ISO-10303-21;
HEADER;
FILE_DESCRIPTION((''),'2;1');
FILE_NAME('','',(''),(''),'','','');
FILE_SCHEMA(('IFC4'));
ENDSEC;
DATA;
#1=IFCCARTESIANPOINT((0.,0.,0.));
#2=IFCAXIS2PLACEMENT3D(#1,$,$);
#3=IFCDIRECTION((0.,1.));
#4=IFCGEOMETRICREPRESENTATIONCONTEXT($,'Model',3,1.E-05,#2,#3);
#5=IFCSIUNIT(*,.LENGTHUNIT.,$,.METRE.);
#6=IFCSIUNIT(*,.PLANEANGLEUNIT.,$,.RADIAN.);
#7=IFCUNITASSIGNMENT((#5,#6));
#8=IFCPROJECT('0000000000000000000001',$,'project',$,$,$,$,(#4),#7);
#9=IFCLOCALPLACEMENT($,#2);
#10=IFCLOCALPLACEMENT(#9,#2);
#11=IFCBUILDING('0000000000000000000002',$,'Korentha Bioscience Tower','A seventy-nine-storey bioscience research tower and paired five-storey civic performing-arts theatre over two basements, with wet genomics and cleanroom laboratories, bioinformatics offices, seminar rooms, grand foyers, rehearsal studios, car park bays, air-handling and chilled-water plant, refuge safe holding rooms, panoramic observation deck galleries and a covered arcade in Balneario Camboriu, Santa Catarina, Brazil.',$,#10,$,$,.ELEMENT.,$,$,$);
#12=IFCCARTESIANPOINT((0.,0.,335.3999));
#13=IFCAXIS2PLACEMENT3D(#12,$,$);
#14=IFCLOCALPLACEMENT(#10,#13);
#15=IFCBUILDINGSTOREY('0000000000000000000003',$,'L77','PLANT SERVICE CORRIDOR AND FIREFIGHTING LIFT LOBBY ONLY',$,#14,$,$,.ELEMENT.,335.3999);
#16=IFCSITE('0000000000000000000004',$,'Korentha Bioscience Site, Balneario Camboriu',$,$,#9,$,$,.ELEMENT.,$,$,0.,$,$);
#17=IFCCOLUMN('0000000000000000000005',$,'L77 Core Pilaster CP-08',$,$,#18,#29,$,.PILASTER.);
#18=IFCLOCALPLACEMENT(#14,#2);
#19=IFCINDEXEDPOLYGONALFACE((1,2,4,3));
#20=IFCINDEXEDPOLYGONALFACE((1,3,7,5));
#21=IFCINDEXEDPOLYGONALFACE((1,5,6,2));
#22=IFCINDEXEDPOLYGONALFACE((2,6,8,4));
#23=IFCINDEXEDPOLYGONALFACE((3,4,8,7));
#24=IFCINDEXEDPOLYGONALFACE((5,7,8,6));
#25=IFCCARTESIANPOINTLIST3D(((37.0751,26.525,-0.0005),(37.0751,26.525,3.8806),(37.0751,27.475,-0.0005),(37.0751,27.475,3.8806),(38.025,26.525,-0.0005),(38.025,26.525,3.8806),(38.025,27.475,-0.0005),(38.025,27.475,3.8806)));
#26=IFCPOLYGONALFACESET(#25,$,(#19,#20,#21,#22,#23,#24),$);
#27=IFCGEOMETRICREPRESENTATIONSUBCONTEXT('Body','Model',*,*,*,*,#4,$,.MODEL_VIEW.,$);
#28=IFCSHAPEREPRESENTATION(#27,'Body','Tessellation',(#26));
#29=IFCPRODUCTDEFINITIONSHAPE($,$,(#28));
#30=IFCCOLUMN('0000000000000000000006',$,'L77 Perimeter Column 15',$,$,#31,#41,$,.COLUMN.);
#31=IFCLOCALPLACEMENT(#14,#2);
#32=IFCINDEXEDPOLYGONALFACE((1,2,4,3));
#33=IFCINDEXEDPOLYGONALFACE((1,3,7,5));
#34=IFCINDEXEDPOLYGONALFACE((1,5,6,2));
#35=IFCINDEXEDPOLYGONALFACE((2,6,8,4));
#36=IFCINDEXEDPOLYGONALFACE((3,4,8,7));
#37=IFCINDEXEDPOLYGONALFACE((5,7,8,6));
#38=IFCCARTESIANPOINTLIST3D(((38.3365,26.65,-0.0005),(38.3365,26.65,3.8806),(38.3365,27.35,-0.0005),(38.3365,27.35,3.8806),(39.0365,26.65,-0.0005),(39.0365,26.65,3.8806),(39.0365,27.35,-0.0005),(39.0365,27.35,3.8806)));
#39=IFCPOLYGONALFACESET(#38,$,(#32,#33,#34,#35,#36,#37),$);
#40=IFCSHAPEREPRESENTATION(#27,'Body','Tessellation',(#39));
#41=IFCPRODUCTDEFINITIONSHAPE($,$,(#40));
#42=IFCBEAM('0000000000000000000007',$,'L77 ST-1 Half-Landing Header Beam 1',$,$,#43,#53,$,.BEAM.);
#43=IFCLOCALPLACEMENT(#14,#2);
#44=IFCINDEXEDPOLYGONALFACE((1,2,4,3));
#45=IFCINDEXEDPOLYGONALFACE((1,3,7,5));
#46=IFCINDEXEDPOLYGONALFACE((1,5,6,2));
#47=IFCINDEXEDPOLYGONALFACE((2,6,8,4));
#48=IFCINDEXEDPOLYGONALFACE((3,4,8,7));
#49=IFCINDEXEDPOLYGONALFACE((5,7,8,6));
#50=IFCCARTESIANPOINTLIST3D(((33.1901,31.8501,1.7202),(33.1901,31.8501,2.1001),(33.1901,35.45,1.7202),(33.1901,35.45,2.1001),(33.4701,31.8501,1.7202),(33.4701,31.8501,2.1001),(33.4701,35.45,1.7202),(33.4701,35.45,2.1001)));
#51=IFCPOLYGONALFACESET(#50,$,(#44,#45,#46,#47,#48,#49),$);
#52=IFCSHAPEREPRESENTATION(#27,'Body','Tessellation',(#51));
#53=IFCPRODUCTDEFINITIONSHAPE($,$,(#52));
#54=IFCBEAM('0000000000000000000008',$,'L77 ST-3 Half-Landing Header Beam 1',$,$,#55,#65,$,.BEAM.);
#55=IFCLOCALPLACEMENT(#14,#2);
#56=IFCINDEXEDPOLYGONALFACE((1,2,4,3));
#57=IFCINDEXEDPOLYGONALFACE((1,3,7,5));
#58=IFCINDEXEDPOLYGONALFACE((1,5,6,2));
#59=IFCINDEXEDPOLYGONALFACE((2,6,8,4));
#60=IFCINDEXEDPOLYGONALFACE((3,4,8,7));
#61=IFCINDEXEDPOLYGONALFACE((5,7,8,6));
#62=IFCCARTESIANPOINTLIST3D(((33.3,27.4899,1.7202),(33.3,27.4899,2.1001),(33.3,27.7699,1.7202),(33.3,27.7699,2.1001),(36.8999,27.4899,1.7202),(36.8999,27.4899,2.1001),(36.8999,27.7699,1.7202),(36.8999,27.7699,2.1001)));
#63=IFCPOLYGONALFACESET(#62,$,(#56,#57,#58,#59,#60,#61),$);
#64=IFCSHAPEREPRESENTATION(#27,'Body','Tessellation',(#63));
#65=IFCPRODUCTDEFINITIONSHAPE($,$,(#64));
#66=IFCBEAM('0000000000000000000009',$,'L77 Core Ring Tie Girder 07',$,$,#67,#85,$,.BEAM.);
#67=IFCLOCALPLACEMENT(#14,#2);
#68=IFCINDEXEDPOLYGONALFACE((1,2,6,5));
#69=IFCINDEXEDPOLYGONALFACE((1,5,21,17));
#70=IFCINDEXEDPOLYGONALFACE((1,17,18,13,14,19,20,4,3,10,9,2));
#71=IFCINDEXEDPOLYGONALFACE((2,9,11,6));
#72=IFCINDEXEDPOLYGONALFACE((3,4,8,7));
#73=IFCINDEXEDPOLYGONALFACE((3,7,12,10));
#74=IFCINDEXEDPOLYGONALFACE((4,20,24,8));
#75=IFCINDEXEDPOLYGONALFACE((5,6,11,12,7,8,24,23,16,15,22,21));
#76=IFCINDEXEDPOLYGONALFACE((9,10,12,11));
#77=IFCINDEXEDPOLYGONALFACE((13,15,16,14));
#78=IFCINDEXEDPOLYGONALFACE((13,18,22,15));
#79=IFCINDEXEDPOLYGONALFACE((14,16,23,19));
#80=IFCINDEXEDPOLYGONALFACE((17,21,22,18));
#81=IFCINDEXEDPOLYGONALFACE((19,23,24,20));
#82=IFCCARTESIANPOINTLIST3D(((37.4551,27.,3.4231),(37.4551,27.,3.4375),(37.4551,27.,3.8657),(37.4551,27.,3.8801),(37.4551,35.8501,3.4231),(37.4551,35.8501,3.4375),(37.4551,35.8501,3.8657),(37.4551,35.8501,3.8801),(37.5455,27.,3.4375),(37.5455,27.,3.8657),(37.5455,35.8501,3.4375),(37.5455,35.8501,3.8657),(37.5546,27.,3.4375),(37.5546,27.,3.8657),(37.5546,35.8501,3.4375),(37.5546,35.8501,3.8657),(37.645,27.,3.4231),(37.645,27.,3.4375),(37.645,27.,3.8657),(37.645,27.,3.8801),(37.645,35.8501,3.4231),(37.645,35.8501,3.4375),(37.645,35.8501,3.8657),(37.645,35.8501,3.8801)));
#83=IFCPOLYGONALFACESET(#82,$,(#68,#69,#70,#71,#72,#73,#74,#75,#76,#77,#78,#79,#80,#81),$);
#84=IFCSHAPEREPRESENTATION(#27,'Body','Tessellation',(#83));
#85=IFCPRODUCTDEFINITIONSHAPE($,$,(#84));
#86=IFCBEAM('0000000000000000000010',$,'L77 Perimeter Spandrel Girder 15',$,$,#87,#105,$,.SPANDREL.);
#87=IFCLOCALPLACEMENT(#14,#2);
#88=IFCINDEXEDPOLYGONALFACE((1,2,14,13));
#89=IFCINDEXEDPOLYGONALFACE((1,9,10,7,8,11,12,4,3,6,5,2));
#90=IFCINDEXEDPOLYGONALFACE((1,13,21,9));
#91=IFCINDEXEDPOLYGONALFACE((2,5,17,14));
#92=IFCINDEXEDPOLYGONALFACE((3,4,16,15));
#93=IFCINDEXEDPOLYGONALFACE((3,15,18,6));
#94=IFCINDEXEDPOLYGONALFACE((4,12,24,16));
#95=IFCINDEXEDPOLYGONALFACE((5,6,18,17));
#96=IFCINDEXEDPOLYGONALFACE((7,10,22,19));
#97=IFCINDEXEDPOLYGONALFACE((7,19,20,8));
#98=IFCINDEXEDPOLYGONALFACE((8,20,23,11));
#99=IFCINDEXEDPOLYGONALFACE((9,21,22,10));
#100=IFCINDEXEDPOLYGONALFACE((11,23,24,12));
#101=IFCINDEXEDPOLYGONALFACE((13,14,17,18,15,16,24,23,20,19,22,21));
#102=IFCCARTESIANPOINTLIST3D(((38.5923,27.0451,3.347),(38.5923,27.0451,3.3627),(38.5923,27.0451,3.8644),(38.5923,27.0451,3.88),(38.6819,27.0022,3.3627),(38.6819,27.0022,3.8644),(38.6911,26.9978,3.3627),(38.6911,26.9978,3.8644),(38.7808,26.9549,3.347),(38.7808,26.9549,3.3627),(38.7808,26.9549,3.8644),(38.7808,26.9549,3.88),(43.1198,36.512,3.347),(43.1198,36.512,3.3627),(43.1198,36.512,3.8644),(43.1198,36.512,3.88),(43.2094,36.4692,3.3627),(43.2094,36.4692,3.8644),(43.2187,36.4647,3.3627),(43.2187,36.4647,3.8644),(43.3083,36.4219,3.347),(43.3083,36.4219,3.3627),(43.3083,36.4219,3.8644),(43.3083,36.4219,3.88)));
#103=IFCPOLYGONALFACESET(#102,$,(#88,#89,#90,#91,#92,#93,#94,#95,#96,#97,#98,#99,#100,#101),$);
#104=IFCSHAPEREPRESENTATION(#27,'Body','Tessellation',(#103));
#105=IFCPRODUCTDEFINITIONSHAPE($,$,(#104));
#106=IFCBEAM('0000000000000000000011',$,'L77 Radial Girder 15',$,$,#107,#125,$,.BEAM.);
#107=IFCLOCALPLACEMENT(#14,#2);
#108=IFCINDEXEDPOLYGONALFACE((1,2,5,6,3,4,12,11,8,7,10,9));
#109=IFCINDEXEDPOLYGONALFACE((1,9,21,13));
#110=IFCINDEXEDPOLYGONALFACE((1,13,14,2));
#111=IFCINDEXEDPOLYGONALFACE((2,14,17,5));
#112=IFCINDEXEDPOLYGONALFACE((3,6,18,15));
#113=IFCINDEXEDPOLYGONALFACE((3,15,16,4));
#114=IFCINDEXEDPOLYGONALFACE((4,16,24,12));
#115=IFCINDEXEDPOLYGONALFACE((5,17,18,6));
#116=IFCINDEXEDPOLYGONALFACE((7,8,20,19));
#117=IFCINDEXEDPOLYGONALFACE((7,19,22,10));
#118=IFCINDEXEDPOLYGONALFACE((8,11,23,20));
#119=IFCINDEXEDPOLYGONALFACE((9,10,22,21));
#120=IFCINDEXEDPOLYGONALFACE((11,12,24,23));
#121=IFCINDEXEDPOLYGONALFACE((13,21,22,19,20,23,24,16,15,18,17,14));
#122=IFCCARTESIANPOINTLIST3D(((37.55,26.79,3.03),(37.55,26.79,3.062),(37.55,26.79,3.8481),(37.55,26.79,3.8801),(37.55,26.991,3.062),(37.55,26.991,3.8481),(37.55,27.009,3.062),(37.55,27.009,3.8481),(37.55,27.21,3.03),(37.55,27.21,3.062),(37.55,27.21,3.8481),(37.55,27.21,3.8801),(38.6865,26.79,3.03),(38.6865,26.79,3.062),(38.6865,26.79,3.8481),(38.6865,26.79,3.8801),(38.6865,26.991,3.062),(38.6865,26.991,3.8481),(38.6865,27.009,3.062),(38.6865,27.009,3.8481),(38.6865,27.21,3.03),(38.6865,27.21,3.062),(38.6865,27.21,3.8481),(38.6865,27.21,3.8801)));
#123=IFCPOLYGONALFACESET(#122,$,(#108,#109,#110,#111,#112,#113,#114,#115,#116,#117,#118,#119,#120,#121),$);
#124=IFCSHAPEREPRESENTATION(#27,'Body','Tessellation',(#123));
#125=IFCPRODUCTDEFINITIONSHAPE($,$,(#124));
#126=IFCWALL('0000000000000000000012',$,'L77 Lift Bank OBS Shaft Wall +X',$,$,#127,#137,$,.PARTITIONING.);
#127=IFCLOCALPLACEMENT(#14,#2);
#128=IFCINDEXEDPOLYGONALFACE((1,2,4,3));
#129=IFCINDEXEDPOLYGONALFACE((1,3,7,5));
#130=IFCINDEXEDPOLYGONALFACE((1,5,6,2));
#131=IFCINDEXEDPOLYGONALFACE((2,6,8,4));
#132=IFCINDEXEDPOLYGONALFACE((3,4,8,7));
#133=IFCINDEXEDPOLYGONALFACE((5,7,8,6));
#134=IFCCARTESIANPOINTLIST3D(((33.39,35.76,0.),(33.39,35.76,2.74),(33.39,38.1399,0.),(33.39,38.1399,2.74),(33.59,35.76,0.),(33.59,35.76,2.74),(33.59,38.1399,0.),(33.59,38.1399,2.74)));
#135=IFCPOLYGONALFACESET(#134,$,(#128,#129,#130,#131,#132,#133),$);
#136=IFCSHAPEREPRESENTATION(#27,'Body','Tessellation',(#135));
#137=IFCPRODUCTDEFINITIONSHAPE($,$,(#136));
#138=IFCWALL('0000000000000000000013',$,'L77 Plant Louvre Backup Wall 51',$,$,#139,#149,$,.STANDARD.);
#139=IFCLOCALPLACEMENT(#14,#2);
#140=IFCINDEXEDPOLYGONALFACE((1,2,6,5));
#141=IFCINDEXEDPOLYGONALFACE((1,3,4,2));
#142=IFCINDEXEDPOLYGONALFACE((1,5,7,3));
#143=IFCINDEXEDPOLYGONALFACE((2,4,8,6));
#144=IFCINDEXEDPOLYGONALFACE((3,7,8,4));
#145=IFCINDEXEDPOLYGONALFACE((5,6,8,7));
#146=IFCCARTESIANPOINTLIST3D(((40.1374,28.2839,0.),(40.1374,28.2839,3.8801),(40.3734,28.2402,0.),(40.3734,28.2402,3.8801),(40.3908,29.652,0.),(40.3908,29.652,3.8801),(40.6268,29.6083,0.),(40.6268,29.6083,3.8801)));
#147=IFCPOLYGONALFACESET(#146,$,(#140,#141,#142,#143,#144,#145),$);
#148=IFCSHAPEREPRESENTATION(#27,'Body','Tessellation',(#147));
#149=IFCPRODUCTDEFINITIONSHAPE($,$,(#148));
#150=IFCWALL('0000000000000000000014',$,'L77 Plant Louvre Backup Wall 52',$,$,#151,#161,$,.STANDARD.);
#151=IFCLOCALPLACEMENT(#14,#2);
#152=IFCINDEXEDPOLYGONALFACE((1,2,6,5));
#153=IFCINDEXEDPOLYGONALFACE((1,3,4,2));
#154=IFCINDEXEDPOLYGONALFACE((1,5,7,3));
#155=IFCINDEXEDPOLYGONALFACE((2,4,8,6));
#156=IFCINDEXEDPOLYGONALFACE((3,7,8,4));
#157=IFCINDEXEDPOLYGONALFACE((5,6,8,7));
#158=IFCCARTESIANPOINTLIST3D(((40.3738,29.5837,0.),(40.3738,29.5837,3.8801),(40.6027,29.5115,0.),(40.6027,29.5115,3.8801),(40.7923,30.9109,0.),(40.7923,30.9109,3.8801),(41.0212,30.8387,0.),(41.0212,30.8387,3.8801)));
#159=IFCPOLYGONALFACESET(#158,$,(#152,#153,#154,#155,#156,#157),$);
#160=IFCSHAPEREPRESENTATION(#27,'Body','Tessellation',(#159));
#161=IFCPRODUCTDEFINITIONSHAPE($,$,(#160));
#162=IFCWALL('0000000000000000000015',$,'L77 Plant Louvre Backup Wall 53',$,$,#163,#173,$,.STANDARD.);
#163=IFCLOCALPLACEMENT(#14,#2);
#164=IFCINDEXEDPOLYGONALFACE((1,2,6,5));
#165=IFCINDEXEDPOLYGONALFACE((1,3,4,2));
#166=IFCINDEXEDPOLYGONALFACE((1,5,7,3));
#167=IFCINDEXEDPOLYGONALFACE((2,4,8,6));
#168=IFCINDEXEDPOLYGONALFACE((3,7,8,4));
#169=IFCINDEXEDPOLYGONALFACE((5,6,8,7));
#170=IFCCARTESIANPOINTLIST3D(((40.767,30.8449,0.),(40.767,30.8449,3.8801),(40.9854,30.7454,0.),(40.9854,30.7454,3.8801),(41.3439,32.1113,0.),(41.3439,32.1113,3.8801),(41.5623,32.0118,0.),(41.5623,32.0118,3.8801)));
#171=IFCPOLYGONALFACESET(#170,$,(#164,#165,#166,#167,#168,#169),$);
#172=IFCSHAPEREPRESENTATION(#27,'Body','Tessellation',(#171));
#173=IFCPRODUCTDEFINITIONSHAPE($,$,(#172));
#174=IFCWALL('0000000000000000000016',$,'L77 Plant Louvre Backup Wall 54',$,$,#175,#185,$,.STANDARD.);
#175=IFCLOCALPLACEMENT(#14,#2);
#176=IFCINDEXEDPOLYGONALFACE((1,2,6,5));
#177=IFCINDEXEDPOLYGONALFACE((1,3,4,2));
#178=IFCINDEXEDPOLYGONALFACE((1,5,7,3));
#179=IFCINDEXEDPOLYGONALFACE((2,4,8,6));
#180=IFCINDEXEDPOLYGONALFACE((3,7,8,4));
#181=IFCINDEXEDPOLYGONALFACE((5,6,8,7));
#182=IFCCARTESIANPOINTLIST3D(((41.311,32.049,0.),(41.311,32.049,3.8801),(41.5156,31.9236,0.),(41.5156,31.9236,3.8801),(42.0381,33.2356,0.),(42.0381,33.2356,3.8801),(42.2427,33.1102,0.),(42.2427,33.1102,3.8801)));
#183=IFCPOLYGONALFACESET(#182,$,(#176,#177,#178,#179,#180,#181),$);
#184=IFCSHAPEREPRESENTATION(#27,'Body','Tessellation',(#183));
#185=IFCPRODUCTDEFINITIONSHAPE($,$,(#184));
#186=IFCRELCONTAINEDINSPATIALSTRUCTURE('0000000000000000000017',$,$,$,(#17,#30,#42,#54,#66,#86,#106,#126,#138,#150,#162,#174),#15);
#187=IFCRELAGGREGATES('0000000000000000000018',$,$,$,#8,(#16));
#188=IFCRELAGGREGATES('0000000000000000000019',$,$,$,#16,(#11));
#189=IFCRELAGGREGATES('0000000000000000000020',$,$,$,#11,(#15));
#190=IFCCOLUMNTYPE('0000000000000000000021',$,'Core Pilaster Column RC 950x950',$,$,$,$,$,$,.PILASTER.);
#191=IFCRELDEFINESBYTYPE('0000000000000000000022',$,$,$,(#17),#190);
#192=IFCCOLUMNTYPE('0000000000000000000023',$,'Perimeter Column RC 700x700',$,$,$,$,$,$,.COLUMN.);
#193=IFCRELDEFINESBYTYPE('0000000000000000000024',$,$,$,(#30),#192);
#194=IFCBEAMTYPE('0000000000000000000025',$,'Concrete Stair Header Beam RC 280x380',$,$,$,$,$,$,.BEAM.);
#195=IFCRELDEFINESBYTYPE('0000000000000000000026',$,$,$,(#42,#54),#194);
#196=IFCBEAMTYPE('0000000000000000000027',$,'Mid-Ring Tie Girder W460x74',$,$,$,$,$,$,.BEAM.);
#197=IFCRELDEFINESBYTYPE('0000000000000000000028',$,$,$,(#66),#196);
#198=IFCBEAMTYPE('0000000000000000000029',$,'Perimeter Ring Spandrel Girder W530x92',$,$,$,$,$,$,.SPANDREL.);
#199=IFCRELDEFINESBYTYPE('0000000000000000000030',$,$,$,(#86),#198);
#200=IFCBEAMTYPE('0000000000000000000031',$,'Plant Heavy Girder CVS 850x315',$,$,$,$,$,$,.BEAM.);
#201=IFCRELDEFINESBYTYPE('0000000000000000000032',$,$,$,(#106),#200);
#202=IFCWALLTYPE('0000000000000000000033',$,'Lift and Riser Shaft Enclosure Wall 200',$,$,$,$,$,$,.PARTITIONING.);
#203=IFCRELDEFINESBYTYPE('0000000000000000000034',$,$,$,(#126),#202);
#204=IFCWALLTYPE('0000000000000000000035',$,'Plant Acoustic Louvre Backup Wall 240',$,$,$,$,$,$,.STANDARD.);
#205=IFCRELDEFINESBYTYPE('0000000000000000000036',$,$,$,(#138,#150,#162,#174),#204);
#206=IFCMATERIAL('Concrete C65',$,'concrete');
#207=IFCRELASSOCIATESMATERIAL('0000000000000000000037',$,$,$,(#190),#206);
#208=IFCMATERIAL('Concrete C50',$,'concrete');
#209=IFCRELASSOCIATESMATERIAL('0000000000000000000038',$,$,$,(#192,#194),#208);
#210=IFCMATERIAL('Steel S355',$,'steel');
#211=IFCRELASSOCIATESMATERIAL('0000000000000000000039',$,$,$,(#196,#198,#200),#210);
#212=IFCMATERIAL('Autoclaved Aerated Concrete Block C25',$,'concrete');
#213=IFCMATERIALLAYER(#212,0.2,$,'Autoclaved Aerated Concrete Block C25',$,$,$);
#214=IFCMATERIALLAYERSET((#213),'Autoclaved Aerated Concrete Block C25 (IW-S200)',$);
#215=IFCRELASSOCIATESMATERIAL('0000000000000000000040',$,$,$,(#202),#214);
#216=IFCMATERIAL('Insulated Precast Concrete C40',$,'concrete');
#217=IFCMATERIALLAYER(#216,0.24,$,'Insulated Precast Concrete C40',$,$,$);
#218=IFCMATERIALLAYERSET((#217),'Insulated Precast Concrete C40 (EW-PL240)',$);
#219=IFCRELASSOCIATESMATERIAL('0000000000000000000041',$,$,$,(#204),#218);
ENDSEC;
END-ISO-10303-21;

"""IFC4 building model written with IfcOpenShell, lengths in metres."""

from ifc_helpers import new_model, si_unit, direction, frame, frame_2d, origin, origin_2d, place, context, subcontext, project, spatial, rectangle, i_section, extrude, material, layer, layer_set, material_profile, profile_set, type_object, element, save


model = new_model("IFC4")

# Units and contexts
model_context = context("Model", 3, precision=1e-05, world=origin(), true_north=direction((0.0, 1.0)))
body_context = subcontext(model_context, "Body", "Model", "MODEL_VIEW")
ifc_project = project(units=[si_unit("LENGTHUNIT", "METRE"), si_unit("PLANEANGLEUNIT", "RADIAN")], contexts=[model_context])

# Site, building, storey
site_placement = place(None, origin())
site = spatial("IfcSite", under=ifc_project, at=site_placement, Name="Korentha Bioscience Site, Balneario Camboriu", CompositionType="ELEMENT", RefElevation=0.0)
building_placement = place(site_placement, origin())
building = spatial("IfcBuilding", under=site, at=building_placement, Name="Korentha Bioscience Tower", Description="A seventy-nine-storey bioscience research tower and paired five-storey civic performing-arts theatre over two basements, with wet genomics and cleanroom laboratories, bioinformatics offices, seminar rooms, grand foyers, rehearsal studios, car park bays, air-handling and chilled-water plant, refuge safe holding rooms, panoramic observation deck galleries and a covered arcade in Balneario Camboriu, Santa Catarina, Brazil.", CompositionType="ELEMENT")
storey_placement = place(building_placement, frame((0.0, 0.0, 335.3999)))
storey = spatial("IfcBuildingStorey", under=building, at=storey_placement, Name="L77", Description="PLANT SERVICE CORRIDOR AND FIREFIGHTING LIFT LOBBY ONLY", CompositionType="ELEMENT", Elevation=335.3999)

# Columns
ifc_material_1 = material(Name="Concrete C65", Category="concrete")
ifc_material_profile_1 = material_profile(ifc_material_1, rectangle(XDim=0.95, YDim=0.95, at=origin_2d()), Name="Concrete C65")
ifc_profile_set_1 = profile_set([ifc_material_profile_1], Name="Concrete C65 (COL-CP09)")
column_type_1 = type_object("IfcColumnType", Name="Core Pilaster Column RC 950x950", PredefinedType="PILASTER", material=ifc_profile_set_1)
column_1_placement = place(storey_placement, frame((37.55, 27.0, -0.0005), z_axis=(0.0, 0.0, 1.0), x_axis=(1.0, 0.0, 0.0)))
element("IfcColumn", 1, at=column_1_placement, inside=storey, type_object=column_type_1, Name="L77 Core Pilaster CP-08", PredefinedType="PILASTER", context=body_context, shape_type="SweptSolid", body=[
    extrude(rectangle(XDim=0.95, YDim=0.95, at=origin_2d()), origin(), (0.0, 0.0, 1.0), 3.8811),
])
ifc_material_2 = material(Name="Concrete C50", Category="concrete")
ifc_material_profile_2 = material_profile(ifc_material_2, rectangle(XDim=0.7, YDim=0.7, at=origin_2d()), Name="Concrete C50")
ifc_profile_set_2 = profile_set([ifc_material_profile_2], Name="Concrete C50 (COL-P07)")
column_type_2 = type_object("IfcColumnType", Name="Perimeter Column RC 700x700", PredefinedType="COLUMN", material=ifc_profile_set_2)
column_2_placement = place(storey_placement, frame((38.6865, 27.0, -0.0005), z_axis=(0.0, 0.0, 1.0), x_axis=(0.0, 1.0, 0.0)))
element("IfcColumn", 2, at=column_2_placement, inside=storey, type_object=column_type_2, Name="L77 Perimeter Column 15", PredefinedType="COLUMN", context=body_context, shape_type="SweptSolid", body=[
    extrude(rectangle(XDim=0.7, YDim=0.7, at=origin_2d()), origin(), (0.0, 0.0, 1.0), 3.8811),
])

# Beams
ifc_material_profile_3 = material_profile(ifc_material_2, rectangle(XDim=0.28, YDim=0.3799, at=origin_2d()), Name="Concrete C50")
ifc_profile_set_3 = profile_set([ifc_material_profile_3], Name="Concrete C50 (ST-HB380)")
beam_type_1 = type_object("IfcBeamType", Name="Concrete Stair Header Beam RC 280x380", PredefinedType="BEAM", material=ifc_profile_set_3)
for number, where, z_axis, x_axis, name in (
    (3, (33.3301, 31.8501, 1.9102), (0.0, 1.0, 0.0), (-1.0, 0.0, 0.0), "L77 ST-1 Half-Landing Header Beam 1"),
    (4, (36.8999, 27.6299, 1.9102), (-1.0, 0.0, 0.0), (0.0, -1.0, 0.0), "L77 ST-3 Half-Landing Header Beam 1"),
):
    element("IfcBeam", number, at=place(storey_placement, frame(where, z_axis=z_axis, x_axis=x_axis)), inside=storey, type_object=beam_type_1, Name=name, PredefinedType="BEAM", context=body_context, shape_type="SweptSolid", body=[
        extrude(rectangle(XDim=0.28, YDim=0.3799, at=origin_2d()), origin(), (0.0, 0.0, 1.0), 3.5999),
    ])
ifc_material_3 = material(Name="Steel S355", Category="steel")
ifc_material_profile_4 = material_profile(ifc_material_3, i_section(OverallWidth=0.1899, OverallDepth=0.457, WebThickness=0.009, FlangeThickness=0.0144, at=origin_2d()), Name="Steel S355")
ifc_profile_set_4 = profile_set([ifc_material_profile_4], Name="Steel S355 (MB-460)")
beam_type_2 = type_object("IfcBeamType", Name="Mid-Ring Tie Girder W460x74", PredefinedType="BEAM", material=ifc_profile_set_4)
beam_1_placement = place(storey_placement, frame((37.55, 27.0, 3.6516), z_axis=(0.0, 1.0, 0.0), x_axis=(-1.0, 0.0, 0.0)))
element("IfcBeam", 5, at=beam_1_placement, inside=storey, type_object=beam_type_2, Name="L77 Core Ring Tie Girder 07", PredefinedType="BEAM", context=body_context, shape_type="SweptSolid", body=[
    extrude(i_section(OverallWidth=0.1899, OverallDepth=0.457, WebThickness=0.009, FlangeThickness=0.0144, at=origin_2d()), origin(), (0.0, 0.0, 1.0), 8.8501),
])
ifc_material_profile_5 = material_profile(ifc_material_3, i_section(OverallWidth=0.209, OverallDepth=0.533, WebThickness=0.0103, FlangeThickness=0.0156, at=origin_2d()), Name="Steel S355")
ifc_profile_set_5 = profile_set([ifc_material_profile_5], Name="Steel S355 (SB-530)")
beam_type_3 = type_object("IfcBeamType", Name="Perimeter Ring Spandrel Girder W530x92", PredefinedType="SPANDREL", material=ifc_profile_set_5)
beam_2_placement = place(storey_placement, frame((38.6865, 27.0, 3.6135), z_axis=(0.431446, 0.902139, 0.0), x_axis=(-0.902139, 0.431446, 0.0)))
element("IfcBeam", 6, at=beam_2_placement, inside=storey, type_object=beam_type_3, Name="L77 Perimeter Spandrel Girder 15", PredefinedType="SPANDREL", context=body_context, shape_type="SweptSolid", body=[
    extrude(i_section(OverallWidth=0.209, OverallDepth=0.533, WebThickness=0.0103, FlangeThickness=0.0156, at=origin_2d()), origin(), (0.0, 0.0, 1.0), 10.4939),
])
ifc_material_profile_6 = material_profile(ifc_material_3, i_section(OverallWidth=0.4199, OverallDepth=0.8501, WebThickness=0.0181, FlangeThickness=0.032, at=origin_2d()), Name="Steel S355")
ifc_profile_set_6 = profile_set([ifc_material_profile_6], Name="Steel S355 (MB-850)")
beam_type_4 = type_object("IfcBeamType", Name="Plant Heavy Girder CVS 850x315", PredefinedType="BEAM", material=ifc_profile_set_6)
beam_3_placement = place(storey_placement, frame((37.55, 27.0, 3.4551), z_axis=(1.0, 0.0, 0.0), x_axis=(0.0, 1.0, 0.0)))
element("IfcBeam", 7, at=beam_3_placement, inside=storey, type_object=beam_type_4, Name="L77 Radial Girder 15", PredefinedType="BEAM", context=body_context, shape_type="SweptSolid", body=[
    extrude(i_section(OverallWidth=0.4199, OverallDepth=0.8501, WebThickness=0.0181, FlangeThickness=0.032, at=origin_2d()), origin(), (0.0, 0.0, 1.0), 1.1365),
])

# Walls
ifc_material_4 = material(Name="Autoclaved Aerated Concrete Block C25", Category="concrete")
ifc_layer_1 = layer(ifc_material_4, 0.2, Name="Autoclaved Aerated Concrete Block C25")
ifc_layer_set_1 = layer_set([ifc_layer_1], Name="Autoclaved Aerated Concrete Block C25 (IW-S200)")
wall_type_1 = type_object("IfcWallType", Name="Lift and Riser Shaft Enclosure Wall 200", PredefinedType="PARTITIONING", material=ifc_layer_set_1)
wall_1_placement = place(storey_placement, frame((33.49, 35.76, 0.0), z_axis=(0.0, 0.0, 1.0), x_axis=(0.0, 1.0, 0.0)))
element("IfcWall", 8, at=wall_1_placement, inside=storey, type_object=wall_type_1, Name="L77 Lift Bank OBS Shaft Wall +X", PredefinedType="PARTITIONING", context=body_context, shape_type="SweptSolid", body=[
    extrude(rectangle(XDim=2.3799, YDim=0.2, at=frame_2d((1.1899, 0.0))), origin(), (0.0, 0.0, 1.0), 2.74),
])
ifc_material_5 = material(Name="Insulated Precast Concrete C40", Category="concrete")
ifc_layer_2 = layer(ifc_material_5, 0.24, Name="Insulated Precast Concrete C40")
ifc_layer_set_2 = layer_set([ifc_layer_2], Name="Insulated Precast Concrete C40 (EW-PL240)")
wall_type_2 = type_object("IfcWallType", Name="Plant Acoustic Louvre Backup Wall 240", PredefinedType="STANDARD", material=ifc_layer_set_2)
wall_2_placement = place(storey_placement, frame((40.2554, 28.262, 0.0), z_axis=(0.0, 0.0, 1.0), x_axis=(0.182127, 0.983275, 0.0)))
element("IfcWall", 9, at=wall_2_placement, inside=storey, type_object=wall_type_2, Name="L77 Plant Louvre Backup Wall 51", PredefinedType="STANDARD", context=body_context, shape_type="SweptSolid", body=[
    extrude(rectangle(XDim=1.3914, YDim=0.24, at=frame_2d((0.6958, 0.0))), origin(), (0.0, 0.0, 1.0), 3.8801),
])
for number, where, z_axis, x_axis, name in (
    (10, (40.4883, 29.5476, 0.0), (0.0, 0.0, 1.0), (0.300712, 0.953715, 0.0), "L77 Plant Louvre Backup Wall 52"),
    (11, (40.8762, 30.7952, 0.0), (0.0, 0.0, 1.0), (0.414569, 0.910018, 0.0), "L77 Plant Louvre Backup Wall 53"),
    (12, (41.4133, 31.9863, 0.0), (0.0, 0.0, 1.0), (0.522472, 0.852657, 0.0), "L77 Plant Louvre Backup Wall 54"),
):
    element("IfcWall", number, at=place(storey_placement, frame(where, z_axis=z_axis, x_axis=x_axis)), inside=storey, type_object=wall_type_2, Name=name, PredefinedType="STANDARD", context=body_context, shape_type="SweptSolid", body=[
        extrude(rectangle(XDim=1.3916, YDim=0.24, at=frame_2d((0.6958, 0.0))), origin(), (0.0, 0.0, 1.0), 3.8801),
    ])

save(model, "model.ifc")
